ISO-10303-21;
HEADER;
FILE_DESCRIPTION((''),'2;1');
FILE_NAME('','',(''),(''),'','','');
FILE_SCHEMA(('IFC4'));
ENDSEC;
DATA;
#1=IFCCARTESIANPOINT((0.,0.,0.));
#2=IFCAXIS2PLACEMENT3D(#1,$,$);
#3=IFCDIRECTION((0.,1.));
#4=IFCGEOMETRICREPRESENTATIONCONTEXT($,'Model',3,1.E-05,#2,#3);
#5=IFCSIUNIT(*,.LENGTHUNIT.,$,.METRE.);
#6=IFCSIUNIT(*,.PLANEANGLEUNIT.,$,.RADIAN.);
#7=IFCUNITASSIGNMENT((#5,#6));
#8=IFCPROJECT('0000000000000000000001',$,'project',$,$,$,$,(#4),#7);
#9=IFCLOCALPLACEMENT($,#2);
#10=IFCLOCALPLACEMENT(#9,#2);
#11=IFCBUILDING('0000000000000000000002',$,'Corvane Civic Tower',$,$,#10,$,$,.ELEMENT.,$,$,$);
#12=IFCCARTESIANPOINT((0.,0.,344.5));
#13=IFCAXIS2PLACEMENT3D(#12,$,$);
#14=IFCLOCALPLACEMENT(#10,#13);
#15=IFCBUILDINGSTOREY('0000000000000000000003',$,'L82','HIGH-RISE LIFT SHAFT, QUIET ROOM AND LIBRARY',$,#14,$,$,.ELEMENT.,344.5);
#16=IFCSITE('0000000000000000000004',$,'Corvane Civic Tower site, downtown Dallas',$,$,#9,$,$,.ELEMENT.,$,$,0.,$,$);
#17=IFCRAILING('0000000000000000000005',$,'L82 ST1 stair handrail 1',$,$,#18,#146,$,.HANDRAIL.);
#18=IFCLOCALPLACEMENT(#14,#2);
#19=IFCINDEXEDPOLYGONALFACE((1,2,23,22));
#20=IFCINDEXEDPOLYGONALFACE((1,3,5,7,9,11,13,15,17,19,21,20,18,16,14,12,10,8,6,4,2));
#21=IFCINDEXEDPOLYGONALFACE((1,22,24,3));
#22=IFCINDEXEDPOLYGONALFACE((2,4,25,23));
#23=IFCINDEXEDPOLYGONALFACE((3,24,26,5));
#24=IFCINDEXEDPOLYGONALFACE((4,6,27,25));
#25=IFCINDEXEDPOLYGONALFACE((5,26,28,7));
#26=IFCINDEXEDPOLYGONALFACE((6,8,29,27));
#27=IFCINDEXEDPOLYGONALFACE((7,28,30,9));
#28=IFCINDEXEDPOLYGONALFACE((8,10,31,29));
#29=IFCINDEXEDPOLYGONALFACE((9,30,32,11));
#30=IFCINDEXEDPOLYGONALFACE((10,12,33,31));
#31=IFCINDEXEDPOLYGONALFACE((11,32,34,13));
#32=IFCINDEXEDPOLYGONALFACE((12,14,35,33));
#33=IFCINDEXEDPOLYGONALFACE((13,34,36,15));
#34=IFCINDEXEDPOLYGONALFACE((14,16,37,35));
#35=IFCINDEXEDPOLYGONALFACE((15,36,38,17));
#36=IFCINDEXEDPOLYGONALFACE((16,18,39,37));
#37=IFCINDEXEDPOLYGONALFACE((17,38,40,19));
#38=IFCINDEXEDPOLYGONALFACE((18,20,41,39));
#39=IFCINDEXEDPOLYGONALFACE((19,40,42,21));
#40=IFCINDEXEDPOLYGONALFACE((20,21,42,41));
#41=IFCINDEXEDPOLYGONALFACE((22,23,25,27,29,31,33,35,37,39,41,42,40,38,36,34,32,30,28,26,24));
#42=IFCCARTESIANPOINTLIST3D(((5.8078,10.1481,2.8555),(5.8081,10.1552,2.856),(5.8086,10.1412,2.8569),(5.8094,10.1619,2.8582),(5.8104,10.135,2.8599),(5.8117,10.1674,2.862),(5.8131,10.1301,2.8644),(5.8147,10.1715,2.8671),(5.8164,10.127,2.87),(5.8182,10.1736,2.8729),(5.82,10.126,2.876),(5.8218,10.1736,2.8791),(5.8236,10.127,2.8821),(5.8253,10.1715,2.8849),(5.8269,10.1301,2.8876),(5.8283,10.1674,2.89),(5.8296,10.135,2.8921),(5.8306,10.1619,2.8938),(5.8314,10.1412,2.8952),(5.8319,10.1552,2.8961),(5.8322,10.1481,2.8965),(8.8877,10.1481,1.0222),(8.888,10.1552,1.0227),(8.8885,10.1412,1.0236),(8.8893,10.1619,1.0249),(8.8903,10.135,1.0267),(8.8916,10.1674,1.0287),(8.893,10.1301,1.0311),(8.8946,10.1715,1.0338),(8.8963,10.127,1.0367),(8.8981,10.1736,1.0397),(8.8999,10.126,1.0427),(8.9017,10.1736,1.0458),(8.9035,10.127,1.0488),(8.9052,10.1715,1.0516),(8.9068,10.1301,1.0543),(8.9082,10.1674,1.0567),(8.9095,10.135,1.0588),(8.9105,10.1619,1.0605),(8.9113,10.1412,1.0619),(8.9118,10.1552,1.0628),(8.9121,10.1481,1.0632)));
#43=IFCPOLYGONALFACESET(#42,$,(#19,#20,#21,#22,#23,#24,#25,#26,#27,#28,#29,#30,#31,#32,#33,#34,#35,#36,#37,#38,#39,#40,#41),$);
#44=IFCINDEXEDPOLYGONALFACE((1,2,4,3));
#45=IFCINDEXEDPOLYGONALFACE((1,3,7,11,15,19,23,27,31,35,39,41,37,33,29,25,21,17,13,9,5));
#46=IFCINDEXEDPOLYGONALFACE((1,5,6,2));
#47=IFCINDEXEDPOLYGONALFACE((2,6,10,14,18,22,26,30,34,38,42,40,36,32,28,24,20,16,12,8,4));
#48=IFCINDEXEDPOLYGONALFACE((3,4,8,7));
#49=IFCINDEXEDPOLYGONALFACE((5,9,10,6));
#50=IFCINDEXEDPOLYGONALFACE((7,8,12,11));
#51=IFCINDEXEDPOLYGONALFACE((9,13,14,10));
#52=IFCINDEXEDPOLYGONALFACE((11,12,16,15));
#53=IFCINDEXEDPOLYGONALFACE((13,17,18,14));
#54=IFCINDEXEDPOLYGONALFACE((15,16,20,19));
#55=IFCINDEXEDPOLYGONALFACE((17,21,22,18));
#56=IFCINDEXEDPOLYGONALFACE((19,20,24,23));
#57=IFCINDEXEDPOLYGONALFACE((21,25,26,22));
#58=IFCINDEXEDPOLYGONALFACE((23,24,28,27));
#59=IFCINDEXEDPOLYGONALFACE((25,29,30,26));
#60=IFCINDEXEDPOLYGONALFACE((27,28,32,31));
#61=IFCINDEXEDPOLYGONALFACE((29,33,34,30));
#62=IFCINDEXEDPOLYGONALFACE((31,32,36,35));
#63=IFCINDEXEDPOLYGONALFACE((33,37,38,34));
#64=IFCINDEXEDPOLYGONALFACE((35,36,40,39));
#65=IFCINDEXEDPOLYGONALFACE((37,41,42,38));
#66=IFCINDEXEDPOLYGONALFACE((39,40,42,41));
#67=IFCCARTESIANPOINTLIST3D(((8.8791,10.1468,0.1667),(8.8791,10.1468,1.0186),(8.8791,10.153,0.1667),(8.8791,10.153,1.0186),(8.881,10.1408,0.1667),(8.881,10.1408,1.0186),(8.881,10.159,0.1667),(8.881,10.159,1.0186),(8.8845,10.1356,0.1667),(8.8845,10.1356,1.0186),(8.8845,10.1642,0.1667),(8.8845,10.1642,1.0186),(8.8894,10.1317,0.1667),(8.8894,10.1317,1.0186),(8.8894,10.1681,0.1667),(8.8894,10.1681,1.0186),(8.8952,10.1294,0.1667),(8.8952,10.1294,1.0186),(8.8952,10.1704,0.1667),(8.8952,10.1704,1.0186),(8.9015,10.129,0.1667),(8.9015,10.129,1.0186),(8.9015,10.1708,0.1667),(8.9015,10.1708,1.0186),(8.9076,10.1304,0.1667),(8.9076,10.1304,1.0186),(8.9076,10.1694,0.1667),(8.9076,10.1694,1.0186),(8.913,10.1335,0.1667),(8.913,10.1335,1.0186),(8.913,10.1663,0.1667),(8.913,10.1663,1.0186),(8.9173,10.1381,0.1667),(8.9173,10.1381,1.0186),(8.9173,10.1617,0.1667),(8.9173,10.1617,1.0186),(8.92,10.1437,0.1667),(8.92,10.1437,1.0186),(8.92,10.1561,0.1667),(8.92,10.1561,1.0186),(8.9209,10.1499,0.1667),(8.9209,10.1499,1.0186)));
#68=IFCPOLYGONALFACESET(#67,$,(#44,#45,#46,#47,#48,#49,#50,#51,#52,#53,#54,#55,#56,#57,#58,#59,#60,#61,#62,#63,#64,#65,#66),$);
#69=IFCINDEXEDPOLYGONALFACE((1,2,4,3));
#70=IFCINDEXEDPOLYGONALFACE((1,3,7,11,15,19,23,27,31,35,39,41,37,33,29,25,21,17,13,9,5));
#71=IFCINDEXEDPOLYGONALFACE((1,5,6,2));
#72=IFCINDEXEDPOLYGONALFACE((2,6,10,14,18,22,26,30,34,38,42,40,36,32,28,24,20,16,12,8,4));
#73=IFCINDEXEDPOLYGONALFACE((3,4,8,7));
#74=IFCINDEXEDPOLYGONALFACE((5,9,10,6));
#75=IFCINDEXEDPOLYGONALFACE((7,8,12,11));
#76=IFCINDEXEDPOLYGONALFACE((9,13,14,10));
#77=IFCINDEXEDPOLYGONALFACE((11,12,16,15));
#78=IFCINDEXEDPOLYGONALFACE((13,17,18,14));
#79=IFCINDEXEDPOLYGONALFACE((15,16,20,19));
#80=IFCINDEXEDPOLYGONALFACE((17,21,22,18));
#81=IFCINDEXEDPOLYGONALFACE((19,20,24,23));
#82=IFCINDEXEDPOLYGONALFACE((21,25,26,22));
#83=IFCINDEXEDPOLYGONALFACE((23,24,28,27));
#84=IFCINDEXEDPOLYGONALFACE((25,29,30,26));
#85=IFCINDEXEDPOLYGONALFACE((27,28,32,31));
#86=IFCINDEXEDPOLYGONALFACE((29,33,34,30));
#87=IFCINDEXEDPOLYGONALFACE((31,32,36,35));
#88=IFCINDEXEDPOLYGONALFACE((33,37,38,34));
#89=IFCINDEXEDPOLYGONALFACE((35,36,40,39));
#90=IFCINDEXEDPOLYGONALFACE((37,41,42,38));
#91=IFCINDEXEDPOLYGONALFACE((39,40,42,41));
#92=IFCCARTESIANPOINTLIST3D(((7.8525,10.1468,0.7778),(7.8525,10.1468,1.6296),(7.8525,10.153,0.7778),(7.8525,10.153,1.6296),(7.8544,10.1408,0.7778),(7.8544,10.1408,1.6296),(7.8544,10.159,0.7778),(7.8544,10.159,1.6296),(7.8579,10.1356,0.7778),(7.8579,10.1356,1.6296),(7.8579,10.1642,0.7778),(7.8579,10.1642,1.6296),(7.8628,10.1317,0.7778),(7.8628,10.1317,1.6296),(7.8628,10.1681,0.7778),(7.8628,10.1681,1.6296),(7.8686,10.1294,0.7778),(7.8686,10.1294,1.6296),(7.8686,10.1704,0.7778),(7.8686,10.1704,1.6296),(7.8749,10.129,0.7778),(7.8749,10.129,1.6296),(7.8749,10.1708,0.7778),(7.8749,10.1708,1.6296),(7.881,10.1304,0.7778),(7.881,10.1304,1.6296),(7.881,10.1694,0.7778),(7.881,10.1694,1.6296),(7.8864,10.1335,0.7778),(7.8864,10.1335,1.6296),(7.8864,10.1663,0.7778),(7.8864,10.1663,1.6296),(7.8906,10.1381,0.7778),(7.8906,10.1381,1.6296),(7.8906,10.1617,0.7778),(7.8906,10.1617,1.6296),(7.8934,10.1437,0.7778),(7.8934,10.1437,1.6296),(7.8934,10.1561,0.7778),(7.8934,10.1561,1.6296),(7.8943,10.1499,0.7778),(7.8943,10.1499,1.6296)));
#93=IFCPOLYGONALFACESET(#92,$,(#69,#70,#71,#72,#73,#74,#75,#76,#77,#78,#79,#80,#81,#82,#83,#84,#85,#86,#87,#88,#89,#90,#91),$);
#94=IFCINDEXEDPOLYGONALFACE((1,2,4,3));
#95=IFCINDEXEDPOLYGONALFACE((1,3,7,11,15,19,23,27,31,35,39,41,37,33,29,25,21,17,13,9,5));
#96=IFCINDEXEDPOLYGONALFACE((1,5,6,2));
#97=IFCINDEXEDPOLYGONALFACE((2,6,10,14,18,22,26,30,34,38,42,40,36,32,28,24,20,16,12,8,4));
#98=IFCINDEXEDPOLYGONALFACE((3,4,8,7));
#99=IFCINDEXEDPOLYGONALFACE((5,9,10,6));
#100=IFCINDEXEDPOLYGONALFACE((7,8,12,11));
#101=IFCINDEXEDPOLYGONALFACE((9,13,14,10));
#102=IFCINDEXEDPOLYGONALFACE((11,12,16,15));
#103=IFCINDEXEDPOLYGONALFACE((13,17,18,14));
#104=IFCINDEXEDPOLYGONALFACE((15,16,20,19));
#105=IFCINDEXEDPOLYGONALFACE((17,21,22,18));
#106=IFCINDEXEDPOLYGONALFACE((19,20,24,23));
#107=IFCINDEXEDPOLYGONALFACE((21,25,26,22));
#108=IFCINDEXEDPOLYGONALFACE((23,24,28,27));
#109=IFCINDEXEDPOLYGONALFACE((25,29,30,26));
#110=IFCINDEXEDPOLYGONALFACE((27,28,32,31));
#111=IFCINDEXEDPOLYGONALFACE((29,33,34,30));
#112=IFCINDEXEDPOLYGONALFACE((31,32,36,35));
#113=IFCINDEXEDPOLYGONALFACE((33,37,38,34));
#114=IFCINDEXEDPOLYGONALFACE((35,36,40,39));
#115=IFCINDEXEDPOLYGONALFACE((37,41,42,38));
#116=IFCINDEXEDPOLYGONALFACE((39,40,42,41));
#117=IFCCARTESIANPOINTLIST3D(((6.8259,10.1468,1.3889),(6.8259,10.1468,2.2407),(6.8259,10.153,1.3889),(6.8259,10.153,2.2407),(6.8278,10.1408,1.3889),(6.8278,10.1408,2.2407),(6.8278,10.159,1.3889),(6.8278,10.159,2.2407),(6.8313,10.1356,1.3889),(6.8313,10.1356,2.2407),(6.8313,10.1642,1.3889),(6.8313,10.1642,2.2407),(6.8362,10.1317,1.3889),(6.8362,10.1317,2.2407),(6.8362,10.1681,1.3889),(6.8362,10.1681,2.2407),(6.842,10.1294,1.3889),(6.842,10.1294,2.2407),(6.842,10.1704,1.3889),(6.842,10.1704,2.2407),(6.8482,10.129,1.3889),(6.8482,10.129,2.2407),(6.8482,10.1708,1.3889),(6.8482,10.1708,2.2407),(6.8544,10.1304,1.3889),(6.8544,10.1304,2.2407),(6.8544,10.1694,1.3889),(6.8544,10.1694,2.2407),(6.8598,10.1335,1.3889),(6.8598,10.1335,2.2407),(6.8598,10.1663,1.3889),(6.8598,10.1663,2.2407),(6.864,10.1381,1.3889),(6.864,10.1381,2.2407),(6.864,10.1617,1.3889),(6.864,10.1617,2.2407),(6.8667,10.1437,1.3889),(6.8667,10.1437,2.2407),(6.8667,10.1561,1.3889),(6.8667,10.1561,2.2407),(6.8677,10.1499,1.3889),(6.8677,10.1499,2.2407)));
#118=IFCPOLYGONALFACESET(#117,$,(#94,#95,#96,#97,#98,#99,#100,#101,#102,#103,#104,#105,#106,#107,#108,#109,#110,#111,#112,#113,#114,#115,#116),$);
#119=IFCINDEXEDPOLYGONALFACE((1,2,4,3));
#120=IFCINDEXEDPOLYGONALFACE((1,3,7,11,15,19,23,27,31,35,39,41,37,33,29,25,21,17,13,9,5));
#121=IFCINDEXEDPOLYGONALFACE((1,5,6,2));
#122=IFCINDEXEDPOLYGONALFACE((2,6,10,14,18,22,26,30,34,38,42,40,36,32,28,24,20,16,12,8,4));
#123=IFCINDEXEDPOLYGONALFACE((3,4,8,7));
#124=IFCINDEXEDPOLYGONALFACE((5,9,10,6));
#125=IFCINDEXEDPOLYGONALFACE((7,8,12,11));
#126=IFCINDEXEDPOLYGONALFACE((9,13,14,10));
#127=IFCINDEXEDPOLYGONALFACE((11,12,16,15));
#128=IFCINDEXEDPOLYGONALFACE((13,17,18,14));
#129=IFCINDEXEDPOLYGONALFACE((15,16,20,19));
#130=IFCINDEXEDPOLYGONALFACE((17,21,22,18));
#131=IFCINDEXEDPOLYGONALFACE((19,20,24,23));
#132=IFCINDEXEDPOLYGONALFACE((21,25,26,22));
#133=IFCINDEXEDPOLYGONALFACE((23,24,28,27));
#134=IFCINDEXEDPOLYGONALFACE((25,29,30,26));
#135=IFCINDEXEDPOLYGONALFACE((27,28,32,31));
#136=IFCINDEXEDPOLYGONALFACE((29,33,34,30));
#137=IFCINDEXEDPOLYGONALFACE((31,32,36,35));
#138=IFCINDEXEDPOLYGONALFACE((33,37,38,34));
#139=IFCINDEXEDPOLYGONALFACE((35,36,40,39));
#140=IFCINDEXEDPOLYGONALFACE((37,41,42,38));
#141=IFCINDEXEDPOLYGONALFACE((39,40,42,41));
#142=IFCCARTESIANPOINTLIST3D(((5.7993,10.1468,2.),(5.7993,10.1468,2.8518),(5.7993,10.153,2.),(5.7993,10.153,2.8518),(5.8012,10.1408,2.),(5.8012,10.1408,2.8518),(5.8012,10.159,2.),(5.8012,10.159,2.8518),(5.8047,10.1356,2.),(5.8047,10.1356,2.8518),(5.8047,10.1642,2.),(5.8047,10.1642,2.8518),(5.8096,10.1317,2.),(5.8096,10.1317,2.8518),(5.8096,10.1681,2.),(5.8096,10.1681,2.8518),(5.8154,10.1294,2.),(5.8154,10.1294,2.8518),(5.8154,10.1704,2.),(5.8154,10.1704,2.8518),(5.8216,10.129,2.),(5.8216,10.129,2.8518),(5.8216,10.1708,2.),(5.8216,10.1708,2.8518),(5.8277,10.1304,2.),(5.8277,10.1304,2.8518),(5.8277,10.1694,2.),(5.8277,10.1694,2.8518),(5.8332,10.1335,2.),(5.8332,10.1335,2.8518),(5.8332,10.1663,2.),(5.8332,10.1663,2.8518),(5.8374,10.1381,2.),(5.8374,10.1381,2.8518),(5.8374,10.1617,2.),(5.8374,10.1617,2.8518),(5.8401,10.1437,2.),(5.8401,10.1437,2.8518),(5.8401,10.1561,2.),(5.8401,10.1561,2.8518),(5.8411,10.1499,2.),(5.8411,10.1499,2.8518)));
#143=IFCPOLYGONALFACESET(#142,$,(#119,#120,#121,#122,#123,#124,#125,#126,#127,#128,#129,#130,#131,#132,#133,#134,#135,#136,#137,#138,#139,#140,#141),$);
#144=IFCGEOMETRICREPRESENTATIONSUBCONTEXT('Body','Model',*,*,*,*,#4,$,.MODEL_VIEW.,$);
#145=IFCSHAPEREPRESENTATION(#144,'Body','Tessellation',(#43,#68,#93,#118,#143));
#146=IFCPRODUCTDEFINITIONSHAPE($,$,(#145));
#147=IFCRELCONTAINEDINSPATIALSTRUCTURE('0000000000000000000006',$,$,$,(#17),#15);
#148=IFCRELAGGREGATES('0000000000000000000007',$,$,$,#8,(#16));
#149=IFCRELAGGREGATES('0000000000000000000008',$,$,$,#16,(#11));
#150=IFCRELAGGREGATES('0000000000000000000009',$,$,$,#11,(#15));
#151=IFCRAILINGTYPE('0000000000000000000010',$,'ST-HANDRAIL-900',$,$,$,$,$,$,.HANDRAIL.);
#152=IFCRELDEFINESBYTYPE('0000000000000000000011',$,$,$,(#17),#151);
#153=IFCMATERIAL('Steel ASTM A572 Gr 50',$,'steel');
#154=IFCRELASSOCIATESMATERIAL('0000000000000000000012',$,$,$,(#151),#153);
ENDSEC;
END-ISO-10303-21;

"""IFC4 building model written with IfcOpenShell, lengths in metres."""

from ifc_helpers import new_model, si_unit, direction, frame, origin, origin_2d, place, context, subcontext, project, spatial, circle, extrude, material, type_object, element, save


model = new_model("IFC4")

# Units and contexts
model_context = context("Model", 3, precision=1e-05, world=origin(), true_north=direction((0.0, 1.0)))
body_context = subcontext(model_context, "Body", "Model", "MODEL_VIEW")
ifc_project = project(units=[si_unit("LENGTHUNIT", "METRE"), si_unit("PLANEANGLEUNIT", "RADIAN")], contexts=[model_context])

# Site, building, storey
site_placement = place(None, origin())
site = spatial("IfcSite", under=ifc_project, at=site_placement, Name="Corvane Civic Tower site, downtown Dallas", CompositionType="ELEMENT", RefElevation=0.0)
building_placement = place(site_placement, origin())
building = spatial("IfcBuilding", under=site, at=building_placement, Name="Corvane Civic Tower", CompositionType="ELEMENT")
storey_placement = place(building_placement, frame((0.0, 0.0, 344.5)))
storey = spatial("IfcBuildingStorey", under=building, at=storey_placement, Name="L82", Description="HIGH-RISE LIFT SHAFT, QUIET ROOM AND LIBRARY", CompositionType="ELEMENT", Elevation=344.5)

# Railing
ifc_material_1 = material(Name="Steel ASTM A572 Gr 50", Category="steel")
railing_type = type_object("IfcRailingType", Name="ST-HANDRAIL-900", PredefinedType="HANDRAIL", material=ifc_material_1)
railing_placement = place(storey_placement, frame((8.8999, 10.1499, 0.1667)))
element("IfcRailing", 1, at=railing_placement, inside=storey, type_object=railing_type, Name="L82 ST1 stair handrail 1", PredefinedType="HANDRAIL", context=body_context, shape_type="SweptSolid", body=[
    extrude(circle(Radius=0.0239, at=origin_2d()), frame((0.0, 0.0, 0.876), z_axis=(-0.859291, 0.0, 0.511487), x_axis=(0.0, -1.0, 0.0)), (0.0, 0.0, 1.0), 3.5842),
    extrude(circle(Radius=0.021, at=origin_2d()), origin(), (0.0, 0.0, 1.0), 0.8518),
    extrude(circle(Radius=0.021, at=origin_2d()), frame((-1.0266, 0.0, 0.6111)), (0.0, 0.0, 1.0), 0.8518),
    extrude(circle(Radius=0.021, at=origin_2d()), frame((-2.0532, 0.0, 1.2222)), (0.0, 0.0, 1.0), 0.8518),
    extrude(circle(Radius=0.021, at=origin_2d()), frame((-3.0798, 0.0, 1.8333)), (0.0, 0.0, 1.0), 0.8518),
])

save(model, "model.ifc")
